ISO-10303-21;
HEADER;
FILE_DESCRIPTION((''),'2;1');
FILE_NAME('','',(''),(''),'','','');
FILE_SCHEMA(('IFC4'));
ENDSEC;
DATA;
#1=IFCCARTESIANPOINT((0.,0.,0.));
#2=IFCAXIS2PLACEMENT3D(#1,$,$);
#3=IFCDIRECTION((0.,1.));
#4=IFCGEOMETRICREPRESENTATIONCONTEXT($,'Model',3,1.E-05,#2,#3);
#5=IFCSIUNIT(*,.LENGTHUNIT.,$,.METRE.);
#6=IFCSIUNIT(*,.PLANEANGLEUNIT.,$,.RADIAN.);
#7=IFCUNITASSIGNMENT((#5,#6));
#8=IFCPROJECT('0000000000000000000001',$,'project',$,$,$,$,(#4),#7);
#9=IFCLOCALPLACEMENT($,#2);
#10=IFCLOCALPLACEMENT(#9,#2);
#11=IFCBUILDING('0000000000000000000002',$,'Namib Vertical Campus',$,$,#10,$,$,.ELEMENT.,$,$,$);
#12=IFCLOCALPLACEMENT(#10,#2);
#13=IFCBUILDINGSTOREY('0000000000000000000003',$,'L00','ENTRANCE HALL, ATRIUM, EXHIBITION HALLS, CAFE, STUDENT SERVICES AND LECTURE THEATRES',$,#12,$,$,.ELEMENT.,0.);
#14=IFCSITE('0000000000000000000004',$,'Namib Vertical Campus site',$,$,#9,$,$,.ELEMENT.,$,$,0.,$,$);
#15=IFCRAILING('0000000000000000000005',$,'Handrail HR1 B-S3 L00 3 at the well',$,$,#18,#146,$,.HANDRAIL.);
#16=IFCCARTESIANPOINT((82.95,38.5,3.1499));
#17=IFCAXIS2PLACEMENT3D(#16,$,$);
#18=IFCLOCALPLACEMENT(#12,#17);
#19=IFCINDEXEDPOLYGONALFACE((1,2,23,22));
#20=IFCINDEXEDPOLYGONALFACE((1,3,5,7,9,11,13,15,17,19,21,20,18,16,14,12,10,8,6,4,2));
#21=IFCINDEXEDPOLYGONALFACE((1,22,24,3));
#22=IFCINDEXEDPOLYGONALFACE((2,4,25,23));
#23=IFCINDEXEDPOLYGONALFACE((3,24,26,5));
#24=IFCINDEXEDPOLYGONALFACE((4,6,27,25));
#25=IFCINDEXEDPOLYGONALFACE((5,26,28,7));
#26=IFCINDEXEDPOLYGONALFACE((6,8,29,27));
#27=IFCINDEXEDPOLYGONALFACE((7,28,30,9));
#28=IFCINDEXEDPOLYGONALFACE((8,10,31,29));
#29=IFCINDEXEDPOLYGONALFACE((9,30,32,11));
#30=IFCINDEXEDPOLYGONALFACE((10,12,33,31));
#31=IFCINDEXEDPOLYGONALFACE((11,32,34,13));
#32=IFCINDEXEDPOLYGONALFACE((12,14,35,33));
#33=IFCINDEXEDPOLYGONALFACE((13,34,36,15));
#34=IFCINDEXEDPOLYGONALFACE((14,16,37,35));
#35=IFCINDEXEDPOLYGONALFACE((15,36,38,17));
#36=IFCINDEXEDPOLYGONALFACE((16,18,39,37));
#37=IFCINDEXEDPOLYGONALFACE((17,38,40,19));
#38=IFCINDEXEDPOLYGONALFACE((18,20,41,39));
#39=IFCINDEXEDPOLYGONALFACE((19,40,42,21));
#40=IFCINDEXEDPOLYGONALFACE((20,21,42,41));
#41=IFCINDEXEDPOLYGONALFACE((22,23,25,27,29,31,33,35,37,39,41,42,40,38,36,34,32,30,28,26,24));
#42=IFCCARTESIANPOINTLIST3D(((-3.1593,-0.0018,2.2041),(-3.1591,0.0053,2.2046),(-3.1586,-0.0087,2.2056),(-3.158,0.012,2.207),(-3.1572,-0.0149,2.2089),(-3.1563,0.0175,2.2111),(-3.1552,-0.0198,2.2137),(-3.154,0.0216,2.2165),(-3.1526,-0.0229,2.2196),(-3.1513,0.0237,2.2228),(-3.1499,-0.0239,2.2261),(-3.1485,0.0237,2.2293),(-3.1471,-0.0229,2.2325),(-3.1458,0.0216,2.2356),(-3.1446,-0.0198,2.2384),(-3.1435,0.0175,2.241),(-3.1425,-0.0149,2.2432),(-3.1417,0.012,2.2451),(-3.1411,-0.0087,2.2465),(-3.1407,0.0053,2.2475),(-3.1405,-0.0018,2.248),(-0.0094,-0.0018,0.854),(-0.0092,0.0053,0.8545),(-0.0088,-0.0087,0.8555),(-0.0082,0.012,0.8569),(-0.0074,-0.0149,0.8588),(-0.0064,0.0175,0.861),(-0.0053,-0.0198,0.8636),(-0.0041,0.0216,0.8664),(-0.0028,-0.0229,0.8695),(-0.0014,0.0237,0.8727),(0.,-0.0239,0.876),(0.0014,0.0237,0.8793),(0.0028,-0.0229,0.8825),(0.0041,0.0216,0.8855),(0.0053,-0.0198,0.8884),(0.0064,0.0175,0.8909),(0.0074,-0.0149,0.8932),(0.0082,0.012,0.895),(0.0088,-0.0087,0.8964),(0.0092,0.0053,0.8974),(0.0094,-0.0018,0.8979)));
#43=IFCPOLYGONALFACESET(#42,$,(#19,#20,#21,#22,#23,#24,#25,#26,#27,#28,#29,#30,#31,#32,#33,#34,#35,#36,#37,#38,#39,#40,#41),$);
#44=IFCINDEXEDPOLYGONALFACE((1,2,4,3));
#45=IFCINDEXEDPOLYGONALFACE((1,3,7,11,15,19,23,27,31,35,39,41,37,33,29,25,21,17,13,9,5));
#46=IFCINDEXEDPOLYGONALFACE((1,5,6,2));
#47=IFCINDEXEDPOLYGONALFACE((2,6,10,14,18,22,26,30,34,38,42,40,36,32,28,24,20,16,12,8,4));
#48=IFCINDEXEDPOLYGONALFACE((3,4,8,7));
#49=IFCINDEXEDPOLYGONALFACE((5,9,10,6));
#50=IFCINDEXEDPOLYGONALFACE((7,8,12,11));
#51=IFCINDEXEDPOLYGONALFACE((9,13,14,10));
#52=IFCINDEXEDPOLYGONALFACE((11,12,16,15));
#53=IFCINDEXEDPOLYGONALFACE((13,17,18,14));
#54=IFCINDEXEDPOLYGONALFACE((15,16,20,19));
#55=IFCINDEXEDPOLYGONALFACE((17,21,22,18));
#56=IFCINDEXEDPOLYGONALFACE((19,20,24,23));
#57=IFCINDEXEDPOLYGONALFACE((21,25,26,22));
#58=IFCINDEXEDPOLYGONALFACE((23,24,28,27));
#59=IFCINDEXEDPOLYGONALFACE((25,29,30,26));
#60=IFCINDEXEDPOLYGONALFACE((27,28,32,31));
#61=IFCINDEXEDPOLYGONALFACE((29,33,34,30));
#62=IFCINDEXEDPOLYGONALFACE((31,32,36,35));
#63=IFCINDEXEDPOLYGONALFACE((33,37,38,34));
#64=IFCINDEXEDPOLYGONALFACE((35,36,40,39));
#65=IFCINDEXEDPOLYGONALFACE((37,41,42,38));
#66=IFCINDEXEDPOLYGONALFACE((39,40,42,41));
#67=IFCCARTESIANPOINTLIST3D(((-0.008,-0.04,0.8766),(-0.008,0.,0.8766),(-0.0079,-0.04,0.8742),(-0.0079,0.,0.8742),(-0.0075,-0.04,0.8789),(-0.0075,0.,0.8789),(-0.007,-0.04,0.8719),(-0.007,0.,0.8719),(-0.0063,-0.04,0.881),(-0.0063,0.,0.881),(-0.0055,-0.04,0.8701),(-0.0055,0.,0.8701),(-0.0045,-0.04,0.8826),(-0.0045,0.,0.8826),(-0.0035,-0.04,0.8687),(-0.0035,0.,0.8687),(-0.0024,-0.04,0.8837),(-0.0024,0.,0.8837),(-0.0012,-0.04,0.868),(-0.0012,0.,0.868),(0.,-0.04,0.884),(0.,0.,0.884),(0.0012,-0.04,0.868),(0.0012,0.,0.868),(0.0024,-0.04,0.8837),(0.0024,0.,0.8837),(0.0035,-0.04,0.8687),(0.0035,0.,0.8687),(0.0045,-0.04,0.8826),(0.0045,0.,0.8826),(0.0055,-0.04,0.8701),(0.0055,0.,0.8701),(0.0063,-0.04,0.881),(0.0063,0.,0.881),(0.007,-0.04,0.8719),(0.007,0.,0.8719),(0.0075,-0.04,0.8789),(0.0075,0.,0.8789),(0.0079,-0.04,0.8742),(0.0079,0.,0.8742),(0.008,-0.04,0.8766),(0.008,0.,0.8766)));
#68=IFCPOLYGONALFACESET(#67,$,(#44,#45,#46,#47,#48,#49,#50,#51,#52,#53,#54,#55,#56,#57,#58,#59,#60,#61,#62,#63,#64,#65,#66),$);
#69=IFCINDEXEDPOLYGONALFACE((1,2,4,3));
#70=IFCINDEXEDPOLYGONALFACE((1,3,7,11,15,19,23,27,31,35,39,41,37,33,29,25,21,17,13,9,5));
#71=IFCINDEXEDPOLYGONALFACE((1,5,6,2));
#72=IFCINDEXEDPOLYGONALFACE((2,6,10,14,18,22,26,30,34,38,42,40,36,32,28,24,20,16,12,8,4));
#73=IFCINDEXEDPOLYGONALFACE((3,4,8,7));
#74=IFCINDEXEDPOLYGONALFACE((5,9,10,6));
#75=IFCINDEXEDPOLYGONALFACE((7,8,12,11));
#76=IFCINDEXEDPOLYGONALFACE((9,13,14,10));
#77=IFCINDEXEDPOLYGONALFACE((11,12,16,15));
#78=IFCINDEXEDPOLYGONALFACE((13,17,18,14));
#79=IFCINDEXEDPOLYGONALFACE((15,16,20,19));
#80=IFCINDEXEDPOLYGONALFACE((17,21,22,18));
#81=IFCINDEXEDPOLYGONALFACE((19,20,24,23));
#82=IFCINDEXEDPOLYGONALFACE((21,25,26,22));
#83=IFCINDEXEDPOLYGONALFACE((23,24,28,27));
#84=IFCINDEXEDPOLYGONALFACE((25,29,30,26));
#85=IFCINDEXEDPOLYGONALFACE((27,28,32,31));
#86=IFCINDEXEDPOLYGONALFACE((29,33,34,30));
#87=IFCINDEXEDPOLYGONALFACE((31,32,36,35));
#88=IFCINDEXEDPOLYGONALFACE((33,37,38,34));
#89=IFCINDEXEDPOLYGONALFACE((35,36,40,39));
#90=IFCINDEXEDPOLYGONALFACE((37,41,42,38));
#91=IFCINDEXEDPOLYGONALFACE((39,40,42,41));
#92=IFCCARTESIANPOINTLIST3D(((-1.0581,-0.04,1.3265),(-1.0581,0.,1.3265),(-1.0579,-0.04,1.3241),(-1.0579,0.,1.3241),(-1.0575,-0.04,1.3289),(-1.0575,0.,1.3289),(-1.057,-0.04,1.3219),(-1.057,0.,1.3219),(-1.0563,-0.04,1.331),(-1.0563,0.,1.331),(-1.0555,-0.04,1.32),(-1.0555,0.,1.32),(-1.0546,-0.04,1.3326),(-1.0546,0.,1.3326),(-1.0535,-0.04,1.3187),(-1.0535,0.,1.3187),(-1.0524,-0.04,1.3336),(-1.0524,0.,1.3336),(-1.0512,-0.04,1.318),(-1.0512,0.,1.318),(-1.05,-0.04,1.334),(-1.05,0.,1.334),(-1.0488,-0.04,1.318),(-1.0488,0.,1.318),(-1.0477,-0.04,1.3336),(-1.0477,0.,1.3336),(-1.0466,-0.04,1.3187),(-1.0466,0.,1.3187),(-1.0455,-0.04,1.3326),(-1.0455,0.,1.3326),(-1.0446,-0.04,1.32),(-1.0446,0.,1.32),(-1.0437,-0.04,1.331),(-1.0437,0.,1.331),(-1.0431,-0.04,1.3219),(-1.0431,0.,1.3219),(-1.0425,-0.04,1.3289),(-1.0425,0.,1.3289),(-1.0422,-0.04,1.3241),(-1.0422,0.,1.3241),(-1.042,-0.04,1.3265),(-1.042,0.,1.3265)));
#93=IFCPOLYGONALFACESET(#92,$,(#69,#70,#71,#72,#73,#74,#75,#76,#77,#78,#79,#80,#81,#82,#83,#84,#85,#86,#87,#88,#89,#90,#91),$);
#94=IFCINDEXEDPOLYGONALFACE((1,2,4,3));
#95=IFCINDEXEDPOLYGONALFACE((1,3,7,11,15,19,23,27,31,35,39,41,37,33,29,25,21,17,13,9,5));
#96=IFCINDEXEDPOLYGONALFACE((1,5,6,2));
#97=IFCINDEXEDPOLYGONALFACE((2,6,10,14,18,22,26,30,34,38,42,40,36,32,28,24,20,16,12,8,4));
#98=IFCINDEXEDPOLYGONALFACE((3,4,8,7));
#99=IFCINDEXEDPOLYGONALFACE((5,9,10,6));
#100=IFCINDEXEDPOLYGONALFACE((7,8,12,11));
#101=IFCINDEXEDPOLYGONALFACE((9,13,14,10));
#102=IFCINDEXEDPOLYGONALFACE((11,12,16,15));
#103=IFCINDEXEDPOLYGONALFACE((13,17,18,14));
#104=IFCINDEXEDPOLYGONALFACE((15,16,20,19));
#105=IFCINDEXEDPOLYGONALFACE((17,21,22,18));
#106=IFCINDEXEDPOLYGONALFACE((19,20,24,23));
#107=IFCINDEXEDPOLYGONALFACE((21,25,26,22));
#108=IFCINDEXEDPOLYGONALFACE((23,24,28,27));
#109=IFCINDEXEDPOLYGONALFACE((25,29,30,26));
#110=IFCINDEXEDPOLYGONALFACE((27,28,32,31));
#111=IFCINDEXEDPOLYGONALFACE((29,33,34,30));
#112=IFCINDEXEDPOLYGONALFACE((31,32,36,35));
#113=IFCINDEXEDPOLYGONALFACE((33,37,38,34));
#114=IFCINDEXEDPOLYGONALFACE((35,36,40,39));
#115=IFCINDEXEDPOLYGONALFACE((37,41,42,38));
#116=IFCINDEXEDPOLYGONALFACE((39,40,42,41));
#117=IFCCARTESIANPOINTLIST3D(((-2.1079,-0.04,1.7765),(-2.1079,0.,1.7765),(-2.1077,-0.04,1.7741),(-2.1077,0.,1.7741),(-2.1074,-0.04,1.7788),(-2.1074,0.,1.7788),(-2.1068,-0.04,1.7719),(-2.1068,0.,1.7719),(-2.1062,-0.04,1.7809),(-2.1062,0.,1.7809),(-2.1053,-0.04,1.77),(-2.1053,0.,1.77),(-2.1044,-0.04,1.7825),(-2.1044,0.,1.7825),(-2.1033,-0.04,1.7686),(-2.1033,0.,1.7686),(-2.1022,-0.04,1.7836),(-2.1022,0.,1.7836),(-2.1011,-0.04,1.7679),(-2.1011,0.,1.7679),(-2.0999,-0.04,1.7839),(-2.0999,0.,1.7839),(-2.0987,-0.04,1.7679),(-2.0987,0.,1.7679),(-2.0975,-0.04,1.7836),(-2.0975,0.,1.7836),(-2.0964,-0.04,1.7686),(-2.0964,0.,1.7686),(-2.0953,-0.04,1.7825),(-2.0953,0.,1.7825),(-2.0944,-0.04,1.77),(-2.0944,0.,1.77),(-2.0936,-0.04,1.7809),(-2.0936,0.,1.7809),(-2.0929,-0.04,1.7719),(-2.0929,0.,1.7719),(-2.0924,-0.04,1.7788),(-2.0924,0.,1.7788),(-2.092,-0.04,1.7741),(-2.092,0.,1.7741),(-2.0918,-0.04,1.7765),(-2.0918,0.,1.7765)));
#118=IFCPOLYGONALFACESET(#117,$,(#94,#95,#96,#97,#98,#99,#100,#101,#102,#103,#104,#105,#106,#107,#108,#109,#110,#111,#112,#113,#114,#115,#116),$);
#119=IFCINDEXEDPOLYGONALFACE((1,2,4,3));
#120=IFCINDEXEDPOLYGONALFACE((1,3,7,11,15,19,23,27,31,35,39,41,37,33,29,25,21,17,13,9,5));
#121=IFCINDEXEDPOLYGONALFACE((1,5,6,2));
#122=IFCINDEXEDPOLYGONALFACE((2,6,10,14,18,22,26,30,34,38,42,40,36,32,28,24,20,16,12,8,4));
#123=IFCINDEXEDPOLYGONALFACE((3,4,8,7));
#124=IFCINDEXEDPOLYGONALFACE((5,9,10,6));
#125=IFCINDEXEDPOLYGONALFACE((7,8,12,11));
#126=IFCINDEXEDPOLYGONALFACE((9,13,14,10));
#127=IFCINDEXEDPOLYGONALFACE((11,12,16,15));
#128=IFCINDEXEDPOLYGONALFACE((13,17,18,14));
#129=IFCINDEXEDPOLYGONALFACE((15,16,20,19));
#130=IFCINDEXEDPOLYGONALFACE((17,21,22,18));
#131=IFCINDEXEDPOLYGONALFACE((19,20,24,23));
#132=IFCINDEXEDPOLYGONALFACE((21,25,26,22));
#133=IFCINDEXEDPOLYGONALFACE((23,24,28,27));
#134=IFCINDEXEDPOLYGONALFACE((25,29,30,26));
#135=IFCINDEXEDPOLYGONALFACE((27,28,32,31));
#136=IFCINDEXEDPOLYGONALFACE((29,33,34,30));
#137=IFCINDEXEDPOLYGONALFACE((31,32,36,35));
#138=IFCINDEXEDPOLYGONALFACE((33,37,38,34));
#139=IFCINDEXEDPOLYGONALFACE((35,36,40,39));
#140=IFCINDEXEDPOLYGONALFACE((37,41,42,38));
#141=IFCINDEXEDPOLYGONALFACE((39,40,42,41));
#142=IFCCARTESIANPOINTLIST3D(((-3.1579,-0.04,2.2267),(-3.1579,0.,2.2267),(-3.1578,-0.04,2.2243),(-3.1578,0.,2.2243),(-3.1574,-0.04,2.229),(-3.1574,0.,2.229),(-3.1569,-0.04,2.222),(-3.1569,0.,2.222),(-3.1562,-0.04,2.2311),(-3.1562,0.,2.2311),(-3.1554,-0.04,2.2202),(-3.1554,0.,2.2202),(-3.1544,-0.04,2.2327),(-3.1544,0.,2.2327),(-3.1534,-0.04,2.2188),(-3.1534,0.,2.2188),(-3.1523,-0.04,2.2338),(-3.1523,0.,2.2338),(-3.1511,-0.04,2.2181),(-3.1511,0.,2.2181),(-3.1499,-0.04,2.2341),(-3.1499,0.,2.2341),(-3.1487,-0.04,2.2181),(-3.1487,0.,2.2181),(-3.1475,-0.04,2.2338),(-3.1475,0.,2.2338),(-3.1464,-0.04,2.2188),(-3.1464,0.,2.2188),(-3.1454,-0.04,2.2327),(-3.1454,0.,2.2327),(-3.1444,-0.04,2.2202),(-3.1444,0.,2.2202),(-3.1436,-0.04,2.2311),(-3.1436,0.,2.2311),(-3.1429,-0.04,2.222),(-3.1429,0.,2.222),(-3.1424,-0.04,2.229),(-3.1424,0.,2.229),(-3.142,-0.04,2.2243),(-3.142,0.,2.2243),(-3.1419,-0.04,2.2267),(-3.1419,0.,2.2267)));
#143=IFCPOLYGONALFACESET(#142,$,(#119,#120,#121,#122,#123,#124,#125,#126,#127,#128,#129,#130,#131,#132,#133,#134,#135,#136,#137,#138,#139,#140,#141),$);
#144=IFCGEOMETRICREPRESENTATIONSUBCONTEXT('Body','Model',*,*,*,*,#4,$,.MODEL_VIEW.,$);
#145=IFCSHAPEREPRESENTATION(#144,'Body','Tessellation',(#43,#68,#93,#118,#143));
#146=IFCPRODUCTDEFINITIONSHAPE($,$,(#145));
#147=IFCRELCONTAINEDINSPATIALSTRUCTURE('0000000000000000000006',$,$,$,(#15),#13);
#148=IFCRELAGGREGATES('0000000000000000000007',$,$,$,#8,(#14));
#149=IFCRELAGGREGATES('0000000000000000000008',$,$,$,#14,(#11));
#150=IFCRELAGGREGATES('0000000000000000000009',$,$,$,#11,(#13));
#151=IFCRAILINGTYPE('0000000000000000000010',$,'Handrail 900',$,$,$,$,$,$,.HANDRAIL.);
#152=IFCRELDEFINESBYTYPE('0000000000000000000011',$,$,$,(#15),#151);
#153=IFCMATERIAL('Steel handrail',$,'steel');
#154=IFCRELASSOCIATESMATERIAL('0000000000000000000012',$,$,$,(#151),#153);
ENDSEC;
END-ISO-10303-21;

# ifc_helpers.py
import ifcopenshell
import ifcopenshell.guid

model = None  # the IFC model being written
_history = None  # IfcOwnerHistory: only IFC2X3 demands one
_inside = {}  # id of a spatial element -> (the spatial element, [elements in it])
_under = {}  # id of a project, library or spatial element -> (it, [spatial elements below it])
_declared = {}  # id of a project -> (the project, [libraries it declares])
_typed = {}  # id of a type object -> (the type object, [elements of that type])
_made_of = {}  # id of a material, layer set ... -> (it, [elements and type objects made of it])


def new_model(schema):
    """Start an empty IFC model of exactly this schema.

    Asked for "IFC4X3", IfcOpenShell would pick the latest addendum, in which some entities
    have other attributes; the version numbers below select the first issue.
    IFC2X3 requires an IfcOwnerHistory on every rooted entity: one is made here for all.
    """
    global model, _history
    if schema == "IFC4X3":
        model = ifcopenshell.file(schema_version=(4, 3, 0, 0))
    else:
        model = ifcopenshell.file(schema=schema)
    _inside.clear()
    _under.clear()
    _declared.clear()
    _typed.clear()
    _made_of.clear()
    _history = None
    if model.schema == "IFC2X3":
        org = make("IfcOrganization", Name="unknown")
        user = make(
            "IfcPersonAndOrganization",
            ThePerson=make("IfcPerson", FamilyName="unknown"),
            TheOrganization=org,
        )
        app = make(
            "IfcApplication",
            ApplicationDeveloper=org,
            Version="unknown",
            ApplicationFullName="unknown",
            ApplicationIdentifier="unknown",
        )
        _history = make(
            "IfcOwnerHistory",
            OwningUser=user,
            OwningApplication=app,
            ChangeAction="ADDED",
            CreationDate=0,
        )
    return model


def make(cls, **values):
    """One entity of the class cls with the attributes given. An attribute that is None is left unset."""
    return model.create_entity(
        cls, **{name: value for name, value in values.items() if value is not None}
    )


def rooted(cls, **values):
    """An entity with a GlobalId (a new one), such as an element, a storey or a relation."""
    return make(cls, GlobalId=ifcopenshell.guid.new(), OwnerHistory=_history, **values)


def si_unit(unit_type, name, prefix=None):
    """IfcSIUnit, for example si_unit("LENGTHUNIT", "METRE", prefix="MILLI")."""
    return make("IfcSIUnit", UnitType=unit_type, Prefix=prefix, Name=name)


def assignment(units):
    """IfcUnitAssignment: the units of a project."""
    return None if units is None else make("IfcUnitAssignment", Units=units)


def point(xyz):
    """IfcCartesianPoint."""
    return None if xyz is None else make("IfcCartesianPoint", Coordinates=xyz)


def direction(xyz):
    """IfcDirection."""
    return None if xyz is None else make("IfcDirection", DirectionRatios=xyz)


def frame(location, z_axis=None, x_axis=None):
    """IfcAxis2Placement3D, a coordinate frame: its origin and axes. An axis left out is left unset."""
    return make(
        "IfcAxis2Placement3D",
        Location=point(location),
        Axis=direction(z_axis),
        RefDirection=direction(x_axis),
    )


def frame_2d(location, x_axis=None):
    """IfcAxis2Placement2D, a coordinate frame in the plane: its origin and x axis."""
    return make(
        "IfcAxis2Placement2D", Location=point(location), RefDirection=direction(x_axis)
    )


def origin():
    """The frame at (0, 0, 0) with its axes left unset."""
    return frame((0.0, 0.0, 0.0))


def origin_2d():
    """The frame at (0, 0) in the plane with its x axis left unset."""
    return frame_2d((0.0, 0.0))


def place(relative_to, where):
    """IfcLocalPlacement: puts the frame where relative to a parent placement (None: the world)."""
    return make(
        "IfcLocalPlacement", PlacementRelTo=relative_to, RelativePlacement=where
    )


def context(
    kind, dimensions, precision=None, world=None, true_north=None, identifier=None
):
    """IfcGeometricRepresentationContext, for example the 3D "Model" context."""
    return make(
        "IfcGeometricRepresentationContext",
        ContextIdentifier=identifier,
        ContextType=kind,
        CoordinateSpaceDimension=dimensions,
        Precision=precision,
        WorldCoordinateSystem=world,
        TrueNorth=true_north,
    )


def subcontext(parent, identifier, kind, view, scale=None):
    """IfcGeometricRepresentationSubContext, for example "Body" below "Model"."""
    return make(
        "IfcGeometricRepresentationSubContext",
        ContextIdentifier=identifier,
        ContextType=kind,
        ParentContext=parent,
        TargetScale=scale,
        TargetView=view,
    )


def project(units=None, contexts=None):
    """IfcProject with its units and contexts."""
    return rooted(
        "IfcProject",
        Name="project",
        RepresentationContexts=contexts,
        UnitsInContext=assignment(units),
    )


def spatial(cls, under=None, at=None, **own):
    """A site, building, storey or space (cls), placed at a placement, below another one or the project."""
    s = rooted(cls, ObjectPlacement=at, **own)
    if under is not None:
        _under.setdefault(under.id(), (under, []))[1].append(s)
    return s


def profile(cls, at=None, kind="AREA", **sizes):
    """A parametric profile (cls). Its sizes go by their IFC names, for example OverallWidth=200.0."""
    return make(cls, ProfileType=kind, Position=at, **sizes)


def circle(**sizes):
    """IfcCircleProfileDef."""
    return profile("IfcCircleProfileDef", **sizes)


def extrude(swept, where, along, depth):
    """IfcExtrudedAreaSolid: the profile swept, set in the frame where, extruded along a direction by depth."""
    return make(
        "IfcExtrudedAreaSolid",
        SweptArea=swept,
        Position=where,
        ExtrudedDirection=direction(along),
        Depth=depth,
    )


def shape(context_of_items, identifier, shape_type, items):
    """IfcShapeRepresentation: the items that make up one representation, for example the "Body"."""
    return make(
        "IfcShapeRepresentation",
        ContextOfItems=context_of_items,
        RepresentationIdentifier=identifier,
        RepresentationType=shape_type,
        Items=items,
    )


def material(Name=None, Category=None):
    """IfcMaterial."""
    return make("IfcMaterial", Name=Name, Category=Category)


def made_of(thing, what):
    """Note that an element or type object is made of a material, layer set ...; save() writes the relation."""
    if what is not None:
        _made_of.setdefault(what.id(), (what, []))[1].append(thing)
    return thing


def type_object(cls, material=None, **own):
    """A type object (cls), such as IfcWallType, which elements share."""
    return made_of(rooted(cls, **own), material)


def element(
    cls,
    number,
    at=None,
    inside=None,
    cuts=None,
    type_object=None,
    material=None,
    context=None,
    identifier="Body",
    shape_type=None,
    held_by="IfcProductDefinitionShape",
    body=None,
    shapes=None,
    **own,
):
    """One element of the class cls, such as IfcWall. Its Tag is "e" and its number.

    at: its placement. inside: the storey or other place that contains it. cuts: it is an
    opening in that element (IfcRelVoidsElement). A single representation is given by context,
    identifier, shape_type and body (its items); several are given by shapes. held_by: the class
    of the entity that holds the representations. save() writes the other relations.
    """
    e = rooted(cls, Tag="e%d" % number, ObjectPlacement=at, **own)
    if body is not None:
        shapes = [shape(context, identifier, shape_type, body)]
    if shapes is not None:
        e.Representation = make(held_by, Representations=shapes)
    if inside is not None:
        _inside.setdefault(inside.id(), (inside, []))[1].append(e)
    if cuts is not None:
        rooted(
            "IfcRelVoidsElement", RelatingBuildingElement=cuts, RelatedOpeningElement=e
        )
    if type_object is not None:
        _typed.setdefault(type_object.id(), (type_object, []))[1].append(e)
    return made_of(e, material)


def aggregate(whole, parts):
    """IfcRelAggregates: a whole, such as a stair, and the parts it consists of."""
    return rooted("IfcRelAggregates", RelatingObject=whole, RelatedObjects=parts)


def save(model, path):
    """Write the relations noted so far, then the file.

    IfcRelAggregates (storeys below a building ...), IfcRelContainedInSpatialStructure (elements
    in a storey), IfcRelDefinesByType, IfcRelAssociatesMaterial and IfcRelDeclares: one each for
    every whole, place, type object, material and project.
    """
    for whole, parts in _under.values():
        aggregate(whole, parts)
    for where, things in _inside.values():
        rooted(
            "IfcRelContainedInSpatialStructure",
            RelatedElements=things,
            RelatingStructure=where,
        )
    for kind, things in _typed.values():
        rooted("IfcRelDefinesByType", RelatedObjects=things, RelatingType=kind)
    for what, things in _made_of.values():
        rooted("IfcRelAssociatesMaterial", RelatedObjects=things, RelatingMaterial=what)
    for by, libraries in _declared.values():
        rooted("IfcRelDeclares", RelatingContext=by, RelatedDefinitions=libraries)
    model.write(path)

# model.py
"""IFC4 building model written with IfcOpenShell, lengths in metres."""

from ifc_helpers import new_model, si_unit, direction, frame, origin, origin_2d, place, context, subcontext, project, spatial, circle, extrude, material, type_object, element, save


model = new_model("IFC4")

# Units and contexts
model_context = context("Model", 3, precision=1e-05, world=origin(), true_north=direction((0.0, 1.0)))
body_context = subcontext(model_context, "Body", "Model", "MODEL_VIEW")
ifc_project = project(units=[si_unit("LENGTHUNIT", "METRE"), si_unit("PLANEANGLEUNIT", "RADIAN")], contexts=[model_context])

# Site, building, storey
site_placement = place(None, origin())
site = spatial("IfcSite", under=ifc_project, at=site_placement, Name="Namib Vertical Campus site", CompositionType="ELEMENT", RefElevation=0.0)
building_placement = place(site_placement, origin())
building = spatial("IfcBuilding", under=site, at=building_placement, Name="Namib Vertical Campus", CompositionType="ELEMENT")
storey_placement = place(building_placement, origin())
storey = spatial("IfcBuildingStorey", under=building, at=storey_placement, Name="L00", Description="ENTRANCE HALL, ATRIUM, EXHIBITION HALLS, CAFE, STUDENT SERVICES AND LECTURE THEATRES", CompositionType="ELEMENT", Elevation=0.0)

# Railing
ifc_material_1 = material(Name="Steel handrail", Category="steel")
railing_type_1 = type_object("IfcRailingType", Name="Handrail 900", PredefinedType="HANDRAIL", material=ifc_material_1)
for number, where, name in (
    (1, (82.95, 38.5, 3.1499), "Handrail HR1 B-S3 L00 3 at the well"),
):
    element("IfcRailing", number, at=place(storey_placement, frame(where)), inside=storey, type_object=railing_type_1, Name=name, PredefinedType="HANDRAIL", context=body_context, shape_type="SweptSolid", body=[
        extrude(circle(Radius=0.0239, at=origin_2d()), frame((0.0, 0.0, 0.876), z_axis=(-0.91913, 0.0, 0.393954), x_axis=(0.0, -1.0, 0.0)), (0.0, 0.0, 1.0), 3.427),
        extrude(circle(Radius=0.0081, at=origin_2d()), frame((0.0, 0.0, 0.876), z_axis=(0.0, -1.0, 0.0), x_axis=(0.0, 0.0, 1.0)), (0.0, 0.0, 1.0), 0.04),
        extrude(circle(Radius=0.0081, at=origin_2d()), frame((-1.05, 0.0, 1.3259), z_axis=(0.0, -1.0, 0.0), x_axis=(0.0, 0.0, 1.0)), (0.0, 0.0, 1.0), 0.04),
        extrude(circle(Radius=0.0081, at=origin_2d()), frame((-2.0999, 0.0, 1.7759), z_axis=(0.0, -1.0, 0.0), x_axis=(0.0, 0.0, 1.0)), (0.0, 0.0, 1.0), 0.04),
        extrude(circle(Radius=0.0081, at=origin_2d()), frame((-3.1499, 0.0, 2.2261), z_axis=(0.0, -1.0, 0.0), x_axis=(0.0, 0.0, 1.0)), (0.0, 0.0, 1.0), 0.04),
    ])

save(model, "model.ifc")
